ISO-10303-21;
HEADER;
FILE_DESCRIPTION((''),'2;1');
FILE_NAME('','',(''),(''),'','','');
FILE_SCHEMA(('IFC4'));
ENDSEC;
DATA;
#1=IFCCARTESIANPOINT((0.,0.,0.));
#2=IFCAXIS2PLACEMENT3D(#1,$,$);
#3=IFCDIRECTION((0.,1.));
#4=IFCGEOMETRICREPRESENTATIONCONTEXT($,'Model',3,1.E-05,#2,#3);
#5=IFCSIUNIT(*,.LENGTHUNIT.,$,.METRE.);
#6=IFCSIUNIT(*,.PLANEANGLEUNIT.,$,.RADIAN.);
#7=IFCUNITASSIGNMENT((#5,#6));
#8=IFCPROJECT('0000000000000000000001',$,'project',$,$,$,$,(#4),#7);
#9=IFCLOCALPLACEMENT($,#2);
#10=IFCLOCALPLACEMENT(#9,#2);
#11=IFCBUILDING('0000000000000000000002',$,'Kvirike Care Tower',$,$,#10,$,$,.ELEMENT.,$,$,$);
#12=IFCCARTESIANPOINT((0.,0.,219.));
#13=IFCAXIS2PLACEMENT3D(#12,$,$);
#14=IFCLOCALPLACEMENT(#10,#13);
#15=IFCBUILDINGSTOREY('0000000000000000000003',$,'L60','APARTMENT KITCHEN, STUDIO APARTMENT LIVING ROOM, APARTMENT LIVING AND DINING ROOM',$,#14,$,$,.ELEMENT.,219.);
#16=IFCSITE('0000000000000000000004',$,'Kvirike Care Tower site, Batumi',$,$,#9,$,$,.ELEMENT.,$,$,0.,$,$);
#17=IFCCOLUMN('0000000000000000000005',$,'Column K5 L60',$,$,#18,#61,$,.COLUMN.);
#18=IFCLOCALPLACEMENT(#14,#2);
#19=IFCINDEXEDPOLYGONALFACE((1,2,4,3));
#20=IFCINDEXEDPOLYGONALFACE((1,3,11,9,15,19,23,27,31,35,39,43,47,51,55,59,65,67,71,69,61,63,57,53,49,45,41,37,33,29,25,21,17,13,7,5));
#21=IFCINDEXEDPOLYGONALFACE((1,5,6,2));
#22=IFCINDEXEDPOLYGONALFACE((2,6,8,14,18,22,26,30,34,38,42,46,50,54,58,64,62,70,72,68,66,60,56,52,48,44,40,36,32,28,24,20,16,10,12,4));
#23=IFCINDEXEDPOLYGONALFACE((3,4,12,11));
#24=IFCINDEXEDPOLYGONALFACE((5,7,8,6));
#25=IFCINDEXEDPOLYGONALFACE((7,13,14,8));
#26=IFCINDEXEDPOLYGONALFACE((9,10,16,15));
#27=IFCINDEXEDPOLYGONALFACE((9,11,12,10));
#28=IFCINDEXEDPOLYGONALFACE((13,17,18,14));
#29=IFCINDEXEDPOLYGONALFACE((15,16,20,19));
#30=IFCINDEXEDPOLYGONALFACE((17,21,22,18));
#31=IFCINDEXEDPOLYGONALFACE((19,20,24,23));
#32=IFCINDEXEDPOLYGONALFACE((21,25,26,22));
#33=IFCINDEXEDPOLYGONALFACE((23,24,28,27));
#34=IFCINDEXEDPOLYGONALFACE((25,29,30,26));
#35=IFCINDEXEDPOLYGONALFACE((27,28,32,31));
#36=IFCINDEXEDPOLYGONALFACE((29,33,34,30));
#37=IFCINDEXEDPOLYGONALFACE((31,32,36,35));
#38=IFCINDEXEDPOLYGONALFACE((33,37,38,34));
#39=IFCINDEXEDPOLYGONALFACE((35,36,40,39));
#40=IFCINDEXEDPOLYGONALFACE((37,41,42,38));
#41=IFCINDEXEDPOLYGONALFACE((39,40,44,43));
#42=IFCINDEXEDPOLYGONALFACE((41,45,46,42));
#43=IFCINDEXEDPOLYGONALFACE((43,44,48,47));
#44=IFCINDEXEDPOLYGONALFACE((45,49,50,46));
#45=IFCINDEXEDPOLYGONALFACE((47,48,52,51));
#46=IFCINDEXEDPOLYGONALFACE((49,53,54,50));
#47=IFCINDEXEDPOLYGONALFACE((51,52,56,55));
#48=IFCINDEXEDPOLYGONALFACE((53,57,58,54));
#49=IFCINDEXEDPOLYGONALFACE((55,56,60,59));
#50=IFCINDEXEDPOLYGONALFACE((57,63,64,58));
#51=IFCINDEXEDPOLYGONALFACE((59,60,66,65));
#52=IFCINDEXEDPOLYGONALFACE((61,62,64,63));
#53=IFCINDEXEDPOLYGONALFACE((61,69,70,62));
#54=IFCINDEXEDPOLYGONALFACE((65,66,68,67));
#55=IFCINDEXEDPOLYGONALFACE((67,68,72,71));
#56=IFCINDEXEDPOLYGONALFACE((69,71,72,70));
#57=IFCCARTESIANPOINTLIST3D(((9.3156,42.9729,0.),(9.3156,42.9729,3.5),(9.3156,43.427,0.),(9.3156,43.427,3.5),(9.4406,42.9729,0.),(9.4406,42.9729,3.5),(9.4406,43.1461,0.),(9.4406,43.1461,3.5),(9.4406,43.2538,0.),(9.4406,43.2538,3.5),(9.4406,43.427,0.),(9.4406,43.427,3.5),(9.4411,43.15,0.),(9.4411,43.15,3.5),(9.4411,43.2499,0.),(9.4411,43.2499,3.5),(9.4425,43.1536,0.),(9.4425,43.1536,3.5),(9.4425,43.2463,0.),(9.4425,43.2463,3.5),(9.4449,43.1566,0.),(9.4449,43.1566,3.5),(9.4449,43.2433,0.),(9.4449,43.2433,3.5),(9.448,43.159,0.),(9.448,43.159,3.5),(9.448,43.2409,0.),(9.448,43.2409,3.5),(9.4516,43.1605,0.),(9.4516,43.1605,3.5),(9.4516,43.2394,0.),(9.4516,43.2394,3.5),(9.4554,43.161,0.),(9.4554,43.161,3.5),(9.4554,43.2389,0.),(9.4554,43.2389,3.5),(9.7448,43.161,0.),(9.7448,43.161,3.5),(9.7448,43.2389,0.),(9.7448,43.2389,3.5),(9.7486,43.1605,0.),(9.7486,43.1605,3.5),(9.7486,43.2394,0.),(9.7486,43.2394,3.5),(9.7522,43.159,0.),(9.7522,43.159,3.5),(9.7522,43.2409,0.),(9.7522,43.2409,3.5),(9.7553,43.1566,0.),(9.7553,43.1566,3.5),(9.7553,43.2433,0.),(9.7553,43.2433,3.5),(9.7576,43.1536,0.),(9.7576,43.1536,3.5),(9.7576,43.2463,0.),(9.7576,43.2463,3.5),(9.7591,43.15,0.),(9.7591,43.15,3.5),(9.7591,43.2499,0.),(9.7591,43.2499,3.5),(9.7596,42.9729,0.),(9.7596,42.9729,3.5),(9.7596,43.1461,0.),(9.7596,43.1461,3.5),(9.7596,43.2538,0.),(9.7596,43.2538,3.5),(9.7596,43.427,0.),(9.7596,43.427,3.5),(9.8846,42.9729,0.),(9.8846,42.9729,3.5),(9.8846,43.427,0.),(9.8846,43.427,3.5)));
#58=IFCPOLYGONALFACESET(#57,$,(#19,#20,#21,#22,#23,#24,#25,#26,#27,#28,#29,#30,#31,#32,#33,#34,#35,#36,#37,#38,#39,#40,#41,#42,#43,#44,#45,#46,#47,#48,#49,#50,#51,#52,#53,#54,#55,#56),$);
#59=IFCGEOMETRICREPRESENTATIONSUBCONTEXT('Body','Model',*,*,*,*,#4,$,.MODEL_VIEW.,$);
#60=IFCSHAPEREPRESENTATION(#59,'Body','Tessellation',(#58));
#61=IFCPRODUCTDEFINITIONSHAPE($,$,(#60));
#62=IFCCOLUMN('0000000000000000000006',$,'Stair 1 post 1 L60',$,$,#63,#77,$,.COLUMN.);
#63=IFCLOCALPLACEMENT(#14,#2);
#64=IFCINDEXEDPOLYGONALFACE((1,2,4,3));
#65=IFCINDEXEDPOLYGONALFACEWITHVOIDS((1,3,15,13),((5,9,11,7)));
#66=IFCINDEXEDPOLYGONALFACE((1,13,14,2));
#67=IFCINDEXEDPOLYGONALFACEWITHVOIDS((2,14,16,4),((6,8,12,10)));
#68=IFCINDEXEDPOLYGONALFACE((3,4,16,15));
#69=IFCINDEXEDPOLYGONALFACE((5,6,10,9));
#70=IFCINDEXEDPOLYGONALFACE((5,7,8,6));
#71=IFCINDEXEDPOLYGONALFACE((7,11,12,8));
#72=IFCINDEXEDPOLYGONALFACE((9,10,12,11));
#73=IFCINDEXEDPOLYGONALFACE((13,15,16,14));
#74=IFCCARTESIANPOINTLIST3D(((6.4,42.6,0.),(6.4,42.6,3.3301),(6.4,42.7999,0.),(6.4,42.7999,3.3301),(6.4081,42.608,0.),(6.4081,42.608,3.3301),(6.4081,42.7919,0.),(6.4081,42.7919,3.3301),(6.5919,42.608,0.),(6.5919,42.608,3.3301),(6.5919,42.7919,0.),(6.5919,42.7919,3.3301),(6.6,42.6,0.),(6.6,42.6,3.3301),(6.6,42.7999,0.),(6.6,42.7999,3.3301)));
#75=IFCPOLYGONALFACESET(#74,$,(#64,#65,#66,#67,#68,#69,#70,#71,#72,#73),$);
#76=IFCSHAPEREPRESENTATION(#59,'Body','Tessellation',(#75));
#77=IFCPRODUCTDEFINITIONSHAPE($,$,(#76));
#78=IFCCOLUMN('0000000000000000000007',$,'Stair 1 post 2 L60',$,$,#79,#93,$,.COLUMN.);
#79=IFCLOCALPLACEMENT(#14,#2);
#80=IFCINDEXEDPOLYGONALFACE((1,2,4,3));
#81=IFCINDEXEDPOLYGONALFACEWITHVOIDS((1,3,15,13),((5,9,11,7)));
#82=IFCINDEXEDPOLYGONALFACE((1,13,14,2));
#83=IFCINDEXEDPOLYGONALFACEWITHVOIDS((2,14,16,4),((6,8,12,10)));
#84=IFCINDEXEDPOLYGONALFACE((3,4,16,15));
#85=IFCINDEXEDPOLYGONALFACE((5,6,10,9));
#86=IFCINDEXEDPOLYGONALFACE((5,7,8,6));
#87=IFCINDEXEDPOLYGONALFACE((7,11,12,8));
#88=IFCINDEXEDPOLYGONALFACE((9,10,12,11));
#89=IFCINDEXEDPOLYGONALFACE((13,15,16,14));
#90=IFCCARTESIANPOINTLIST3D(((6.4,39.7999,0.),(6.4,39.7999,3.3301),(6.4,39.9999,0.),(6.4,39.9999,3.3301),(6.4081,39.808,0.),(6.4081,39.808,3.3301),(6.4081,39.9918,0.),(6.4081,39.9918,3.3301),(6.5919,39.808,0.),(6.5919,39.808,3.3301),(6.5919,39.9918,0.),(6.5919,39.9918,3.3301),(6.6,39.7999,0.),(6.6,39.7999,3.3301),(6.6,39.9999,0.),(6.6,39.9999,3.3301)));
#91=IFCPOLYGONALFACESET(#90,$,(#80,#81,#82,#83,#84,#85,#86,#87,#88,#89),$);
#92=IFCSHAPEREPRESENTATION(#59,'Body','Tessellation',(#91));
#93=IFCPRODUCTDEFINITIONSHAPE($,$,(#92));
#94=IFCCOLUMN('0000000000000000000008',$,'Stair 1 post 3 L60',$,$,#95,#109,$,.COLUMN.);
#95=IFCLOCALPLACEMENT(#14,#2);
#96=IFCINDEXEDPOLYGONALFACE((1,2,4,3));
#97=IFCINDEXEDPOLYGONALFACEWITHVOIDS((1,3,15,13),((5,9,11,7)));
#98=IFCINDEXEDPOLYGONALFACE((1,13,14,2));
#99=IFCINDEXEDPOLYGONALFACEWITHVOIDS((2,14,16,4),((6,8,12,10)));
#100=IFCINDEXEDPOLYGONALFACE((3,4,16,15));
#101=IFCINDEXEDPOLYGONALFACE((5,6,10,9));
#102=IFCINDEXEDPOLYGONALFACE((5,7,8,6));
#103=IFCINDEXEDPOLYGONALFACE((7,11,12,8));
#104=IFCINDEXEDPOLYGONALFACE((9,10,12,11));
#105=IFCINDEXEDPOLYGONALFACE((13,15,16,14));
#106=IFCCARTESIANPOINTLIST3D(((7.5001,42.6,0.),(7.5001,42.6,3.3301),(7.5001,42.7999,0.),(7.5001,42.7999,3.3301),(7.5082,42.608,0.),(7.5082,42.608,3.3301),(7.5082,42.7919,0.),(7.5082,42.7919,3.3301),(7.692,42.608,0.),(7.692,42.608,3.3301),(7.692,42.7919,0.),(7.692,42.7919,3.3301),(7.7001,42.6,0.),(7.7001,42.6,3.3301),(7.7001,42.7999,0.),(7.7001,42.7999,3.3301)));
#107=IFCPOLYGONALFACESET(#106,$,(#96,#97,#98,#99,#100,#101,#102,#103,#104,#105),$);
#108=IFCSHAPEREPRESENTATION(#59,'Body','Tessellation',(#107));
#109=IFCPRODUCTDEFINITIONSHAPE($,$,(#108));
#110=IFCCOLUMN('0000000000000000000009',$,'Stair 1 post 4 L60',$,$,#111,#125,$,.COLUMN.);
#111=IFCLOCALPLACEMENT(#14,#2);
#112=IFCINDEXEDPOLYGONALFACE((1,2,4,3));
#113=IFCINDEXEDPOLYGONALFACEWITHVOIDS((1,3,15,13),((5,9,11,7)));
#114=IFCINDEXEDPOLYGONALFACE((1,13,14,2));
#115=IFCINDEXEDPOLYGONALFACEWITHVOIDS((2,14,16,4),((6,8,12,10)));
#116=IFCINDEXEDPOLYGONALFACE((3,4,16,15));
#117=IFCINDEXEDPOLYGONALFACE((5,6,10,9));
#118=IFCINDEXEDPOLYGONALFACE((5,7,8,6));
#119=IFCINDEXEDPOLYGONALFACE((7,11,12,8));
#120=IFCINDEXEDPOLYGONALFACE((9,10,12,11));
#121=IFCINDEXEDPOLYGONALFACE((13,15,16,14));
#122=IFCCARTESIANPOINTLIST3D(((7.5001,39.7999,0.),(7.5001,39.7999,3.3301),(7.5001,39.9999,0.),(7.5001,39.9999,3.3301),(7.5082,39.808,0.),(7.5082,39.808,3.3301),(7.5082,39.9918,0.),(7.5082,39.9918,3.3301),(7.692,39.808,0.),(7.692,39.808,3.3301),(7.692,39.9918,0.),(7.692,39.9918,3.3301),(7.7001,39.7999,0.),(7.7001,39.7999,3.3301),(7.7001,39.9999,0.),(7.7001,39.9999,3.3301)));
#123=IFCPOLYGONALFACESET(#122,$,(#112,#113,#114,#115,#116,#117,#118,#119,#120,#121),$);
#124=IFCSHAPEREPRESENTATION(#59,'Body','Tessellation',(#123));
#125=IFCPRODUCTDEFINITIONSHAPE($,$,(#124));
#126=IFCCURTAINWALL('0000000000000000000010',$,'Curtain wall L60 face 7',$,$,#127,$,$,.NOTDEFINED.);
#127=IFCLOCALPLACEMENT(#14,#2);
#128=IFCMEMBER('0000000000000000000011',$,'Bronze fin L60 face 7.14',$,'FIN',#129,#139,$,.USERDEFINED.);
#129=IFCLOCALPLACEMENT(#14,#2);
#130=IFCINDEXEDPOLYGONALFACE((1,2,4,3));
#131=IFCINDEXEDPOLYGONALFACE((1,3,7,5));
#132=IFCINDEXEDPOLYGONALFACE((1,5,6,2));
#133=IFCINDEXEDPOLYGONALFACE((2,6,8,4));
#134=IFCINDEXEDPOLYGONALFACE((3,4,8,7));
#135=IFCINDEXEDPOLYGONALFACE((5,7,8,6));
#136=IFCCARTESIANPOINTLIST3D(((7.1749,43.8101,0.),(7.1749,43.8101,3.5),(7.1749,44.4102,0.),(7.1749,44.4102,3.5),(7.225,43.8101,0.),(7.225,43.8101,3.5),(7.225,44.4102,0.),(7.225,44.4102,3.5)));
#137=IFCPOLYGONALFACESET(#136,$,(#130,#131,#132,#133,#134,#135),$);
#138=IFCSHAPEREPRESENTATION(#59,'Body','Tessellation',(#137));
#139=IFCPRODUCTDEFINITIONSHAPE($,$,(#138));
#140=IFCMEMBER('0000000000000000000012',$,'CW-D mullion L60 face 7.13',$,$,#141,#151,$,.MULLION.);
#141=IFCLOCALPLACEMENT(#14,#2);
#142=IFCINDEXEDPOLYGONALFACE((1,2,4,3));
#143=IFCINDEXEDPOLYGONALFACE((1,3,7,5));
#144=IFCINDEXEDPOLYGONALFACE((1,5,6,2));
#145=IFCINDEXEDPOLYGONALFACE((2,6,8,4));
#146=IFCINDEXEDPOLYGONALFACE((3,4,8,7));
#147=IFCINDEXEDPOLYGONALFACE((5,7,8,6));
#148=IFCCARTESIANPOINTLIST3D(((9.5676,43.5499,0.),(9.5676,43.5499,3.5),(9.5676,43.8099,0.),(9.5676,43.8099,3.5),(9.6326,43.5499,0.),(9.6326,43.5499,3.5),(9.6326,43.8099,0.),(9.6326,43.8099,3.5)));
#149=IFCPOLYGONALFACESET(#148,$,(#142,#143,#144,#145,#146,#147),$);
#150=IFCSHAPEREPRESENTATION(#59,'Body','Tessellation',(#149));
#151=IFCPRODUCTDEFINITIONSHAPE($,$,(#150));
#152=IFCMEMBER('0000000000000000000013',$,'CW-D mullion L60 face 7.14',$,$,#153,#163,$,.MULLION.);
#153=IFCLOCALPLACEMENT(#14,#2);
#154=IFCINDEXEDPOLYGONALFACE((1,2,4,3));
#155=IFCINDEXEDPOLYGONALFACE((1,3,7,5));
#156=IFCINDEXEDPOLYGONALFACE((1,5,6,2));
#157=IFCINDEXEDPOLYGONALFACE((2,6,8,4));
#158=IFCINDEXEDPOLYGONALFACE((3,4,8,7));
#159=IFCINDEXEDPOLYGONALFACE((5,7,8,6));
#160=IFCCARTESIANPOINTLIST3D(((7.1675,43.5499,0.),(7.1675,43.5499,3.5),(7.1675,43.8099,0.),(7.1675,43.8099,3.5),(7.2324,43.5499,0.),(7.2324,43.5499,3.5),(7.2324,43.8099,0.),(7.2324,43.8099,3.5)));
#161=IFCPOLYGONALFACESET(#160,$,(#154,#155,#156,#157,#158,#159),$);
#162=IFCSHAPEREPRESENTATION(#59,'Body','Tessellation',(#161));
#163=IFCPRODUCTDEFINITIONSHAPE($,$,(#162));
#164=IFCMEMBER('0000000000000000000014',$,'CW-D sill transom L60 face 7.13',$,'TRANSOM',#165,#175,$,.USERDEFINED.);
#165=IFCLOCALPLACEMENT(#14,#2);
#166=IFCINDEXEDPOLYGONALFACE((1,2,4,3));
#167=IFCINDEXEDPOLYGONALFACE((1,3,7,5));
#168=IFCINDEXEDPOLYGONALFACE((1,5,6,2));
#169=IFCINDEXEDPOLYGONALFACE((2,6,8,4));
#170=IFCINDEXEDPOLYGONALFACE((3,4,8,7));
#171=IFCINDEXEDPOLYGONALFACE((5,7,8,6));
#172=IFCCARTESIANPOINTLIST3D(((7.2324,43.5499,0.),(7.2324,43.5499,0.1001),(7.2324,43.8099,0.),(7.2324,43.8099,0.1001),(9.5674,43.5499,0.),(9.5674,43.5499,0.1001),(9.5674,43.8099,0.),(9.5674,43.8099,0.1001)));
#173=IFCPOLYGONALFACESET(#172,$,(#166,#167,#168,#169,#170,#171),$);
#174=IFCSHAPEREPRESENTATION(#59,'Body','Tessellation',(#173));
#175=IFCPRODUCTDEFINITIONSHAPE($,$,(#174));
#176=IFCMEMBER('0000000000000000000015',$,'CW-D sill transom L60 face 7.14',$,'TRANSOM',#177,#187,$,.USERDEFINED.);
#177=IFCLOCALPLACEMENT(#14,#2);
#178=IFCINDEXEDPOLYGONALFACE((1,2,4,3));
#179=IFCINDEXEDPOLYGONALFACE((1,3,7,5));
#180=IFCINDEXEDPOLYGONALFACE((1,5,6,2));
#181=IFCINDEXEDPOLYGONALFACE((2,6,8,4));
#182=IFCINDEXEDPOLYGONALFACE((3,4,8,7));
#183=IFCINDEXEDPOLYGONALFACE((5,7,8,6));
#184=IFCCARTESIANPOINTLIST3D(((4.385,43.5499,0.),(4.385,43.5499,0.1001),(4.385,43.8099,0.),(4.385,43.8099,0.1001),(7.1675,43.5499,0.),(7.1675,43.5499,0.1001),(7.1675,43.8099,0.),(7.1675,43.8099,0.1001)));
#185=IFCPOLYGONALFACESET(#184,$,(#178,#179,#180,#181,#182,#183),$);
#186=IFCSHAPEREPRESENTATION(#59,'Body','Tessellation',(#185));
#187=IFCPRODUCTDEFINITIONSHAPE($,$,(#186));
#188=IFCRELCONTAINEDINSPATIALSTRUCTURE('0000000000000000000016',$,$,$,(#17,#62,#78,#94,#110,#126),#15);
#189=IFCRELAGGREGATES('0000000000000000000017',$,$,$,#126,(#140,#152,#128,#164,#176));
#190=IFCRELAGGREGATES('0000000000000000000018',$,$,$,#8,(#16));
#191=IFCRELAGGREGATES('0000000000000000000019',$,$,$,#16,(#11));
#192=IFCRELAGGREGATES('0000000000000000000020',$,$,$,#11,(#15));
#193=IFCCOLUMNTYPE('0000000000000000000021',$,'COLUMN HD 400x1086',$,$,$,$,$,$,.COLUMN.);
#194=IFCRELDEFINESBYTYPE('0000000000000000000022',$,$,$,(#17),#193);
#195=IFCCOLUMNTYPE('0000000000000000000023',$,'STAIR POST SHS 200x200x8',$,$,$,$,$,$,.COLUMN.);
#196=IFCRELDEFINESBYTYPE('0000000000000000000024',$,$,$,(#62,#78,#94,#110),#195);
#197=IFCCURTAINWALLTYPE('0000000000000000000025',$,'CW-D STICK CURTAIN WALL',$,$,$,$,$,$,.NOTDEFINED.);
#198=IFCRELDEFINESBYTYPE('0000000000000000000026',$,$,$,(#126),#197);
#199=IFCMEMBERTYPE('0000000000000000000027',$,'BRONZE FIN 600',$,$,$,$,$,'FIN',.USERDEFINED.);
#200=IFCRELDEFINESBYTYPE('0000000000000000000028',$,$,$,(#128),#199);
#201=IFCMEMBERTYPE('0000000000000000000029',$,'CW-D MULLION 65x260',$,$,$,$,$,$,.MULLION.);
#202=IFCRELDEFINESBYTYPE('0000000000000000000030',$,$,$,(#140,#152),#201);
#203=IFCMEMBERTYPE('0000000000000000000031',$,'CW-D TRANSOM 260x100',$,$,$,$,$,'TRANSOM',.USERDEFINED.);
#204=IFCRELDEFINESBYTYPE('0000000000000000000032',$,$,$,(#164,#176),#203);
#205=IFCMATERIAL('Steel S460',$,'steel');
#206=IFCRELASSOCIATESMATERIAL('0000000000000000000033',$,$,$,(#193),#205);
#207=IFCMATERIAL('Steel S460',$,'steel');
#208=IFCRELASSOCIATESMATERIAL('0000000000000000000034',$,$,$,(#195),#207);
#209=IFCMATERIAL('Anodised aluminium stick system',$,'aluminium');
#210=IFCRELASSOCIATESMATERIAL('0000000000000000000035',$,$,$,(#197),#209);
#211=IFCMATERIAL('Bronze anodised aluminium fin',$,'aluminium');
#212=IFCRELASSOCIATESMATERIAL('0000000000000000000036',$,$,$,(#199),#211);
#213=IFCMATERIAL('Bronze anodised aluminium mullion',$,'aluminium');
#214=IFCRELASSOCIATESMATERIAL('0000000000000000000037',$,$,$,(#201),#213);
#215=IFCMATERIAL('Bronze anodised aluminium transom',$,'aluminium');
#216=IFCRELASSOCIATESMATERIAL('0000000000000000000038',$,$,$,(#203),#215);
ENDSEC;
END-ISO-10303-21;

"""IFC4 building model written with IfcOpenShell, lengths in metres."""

from ifc_helpers import new_model, si_unit, direction, frame, origin, origin_2d, place, context, subcontext, project, spatial, rectangle, hollow_rectangle, i_section, extrude, material, material_profile, profile_set, type_object, element, aggregate, save


model = new_model("IFC4")

# Units and contexts
model_context = context("Model", 3, precision=1e-05, world=origin(), true_north=direction((0.0, 1.0)))
body_context = subcontext(model_context, "Body", "Model", "MODEL_VIEW")
ifc_project = project(units=[si_unit("LENGTHUNIT", "METRE"), si_unit("PLANEANGLEUNIT", "RADIAN")], contexts=[model_context])

# Site, building, storey
site_placement = place(None, origin())
site = spatial("IfcSite", under=ifc_project, at=site_placement, Name="Kvirike Care Tower site, Batumi", CompositionType="ELEMENT", RefElevation=0.0)
building_placement = place(site_placement, origin())
building = spatial("IfcBuilding", under=site, at=building_placement, Name="Kvirike Care Tower", CompositionType="ELEMENT")
storey_placement = place(building_placement, frame((0.0, 0.0, 219.0)))
storey = spatial("IfcBuildingStorey", under=building, at=storey_placement, Name="L60", Description="APARTMENT KITCHEN, STUDIO APARTMENT LIVING ROOM, APARTMENT LIVING AND DINING ROOM", CompositionType="ELEMENT", Elevation=219.0)

# Columns
ifc_material_1 = material(Name="Steel S460", Category="steel")
ifc_material_profile_1 = material_profile(ifc_material_1, i_section(OverallWidth=0.4541, OverallDepth=0.5691, WebThickness=0.0779, FlangeThickness=0.125, FilletRadius=0.0149, at=origin_2d()), Name="HD 400x1086")
ifc_profile_set_1 = profile_set([ifc_material_profile_1], Name="Steel S460")
column_type_1 = type_object("IfcColumnType", Name="COLUMN HD 400x1086", PredefinedType="COLUMN", material=ifc_profile_set_1)
column_placement = place(storey_placement, frame((9.6001, 43.2, 0.0), z_axis=(0.0, 0.0, 1.0), x_axis=(0.0, 1.0, 0.0)))
element("IfcColumn", 1, at=column_placement, inside=storey, type_object=column_type_1, Name="Column K5 L60", PredefinedType="COLUMN", context=body_context, shape_type="SweptSolid", body=[
    extrude(i_section(OverallWidth=0.4541, OverallDepth=0.5691, WebThickness=0.0779, FlangeThickness=0.125, FilletRadius=0.0149, at=origin_2d()), origin(), (0.0, 0.0, 1.0), 3.5),
])
ifc_material_2 = material(Name="Steel S460", Category="steel")
ifc_material_profile_2 = material_profile(ifc_material_2, hollow_rectangle(XDim=0.2, YDim=0.2, WallThickness=0.0081, at=origin_2d()), Name="SHS 200x200x8")
ifc_profile_set_2 = profile_set([ifc_material_profile_2], Name="Steel S460")
column_type_2 = type_object("IfcColumnType", Name="STAIR POST SHS 200x200x8", PredefinedType="COLUMN", material=ifc_profile_set_2)
for number, where, z_axis, x_axis, name in (
    (2, (6.5, 42.7, 0.0), (0.0, 0.0, 1.0), (1.0, 0.0, 0.0), "Stair 1 post 1 L60"),
    (3, (6.5, 39.8999, 0.0), (0.0, 0.0, 1.0), (1.0, 0.0, 0.0), "Stair 1 post 2 L60"),
    (4, (7.6001, 42.7, 0.0), (0.0, 0.0, 1.0), (1.0, 0.0, 0.0), "Stair 1 post 3 L60"),
    (5, (7.6001, 39.8999, 0.0), (0.0, 0.0, 1.0), (1.0, 0.0, 0.0), "Stair 1 post 4 L60"),
):
    element("IfcColumn", number, at=place(storey_placement, frame(where, z_axis=z_axis, x_axis=x_axis)), inside=storey, type_object=column_type_2, Name=name, PredefinedType="COLUMN", context=body_context, shape_type="SweptSolid", body=[
        extrude(hollow_rectangle(XDim=0.2, YDim=0.2, WallThickness=0.0081, at=origin_2d()), origin(), (0.0, 0.0, 1.0), 3.3301),
    ])

# Curtain wall, members
ifc_material_3 = material(Name="Anodised aluminium stick system", Category="aluminium")
curtain_wall_type = type_object("IfcCurtainWallType", Name="CW-D STICK CURTAIN WALL", PredefinedType="NOTDEFINED", material=ifc_material_3)
curtain_wall_placement = place(storey_placement, origin())
curtain_wall = element("IfcCurtainWall", 6, at=curtain_wall_placement, inside=storey, type_object=curtain_wall_type, Name="Curtain wall L60 face 7", PredefinedType="NOTDEFINED")
ifc_material_4 = material(Name="Bronze anodised aluminium fin", Category="aluminium")
ifc_material_profile_3 = material_profile(ifc_material_4, rectangle(XDim=0.05, YDim=0.6001, at=origin_2d()), Name="BRONZE FIN 600")
ifc_profile_set_3 = profile_set([ifc_material_profile_3], Name="Bronze anodised aluminium fin")
member_type_1 = type_object("IfcMemberType", Name="BRONZE FIN 600", ElementType="FIN", PredefinedType="USERDEFINED", material=ifc_profile_set_3)
member_1_placement = place(storey_placement, frame((7.2, 44.1101, 0.0), z_axis=(0.0, 0.0, 1.0), x_axis=(-1.0, 0.0, 0.0)))
member_1 = element("IfcMember", 7, at=member_1_placement, type_object=member_type_1, Name="Bronze fin L60 face 7.14", ObjectType="FIN", PredefinedType="USERDEFINED", context=body_context, shape_type="SweptSolid", body=[
    extrude(rectangle(XDim=0.05, YDim=0.6001, at=origin_2d()), origin(), (0.0, 0.0, 1.0), 3.5),
])
ifc_material_5 = material(Name="Bronze anodised aluminium mullion", Category="aluminium")
ifc_material_profile_4 = material_profile(ifc_material_5, rectangle(XDim=0.0649, YDim=0.26, at=origin_2d()), Name="CW-D MULLION 65x260")
ifc_profile_set_4 = profile_set([ifc_material_profile_4], Name="Bronze anodised aluminium mullion")
member_type_2 = type_object("IfcMemberType", Name="CW-D MULLION 65x260", PredefinedType="MULLION", material=ifc_profile_set_4)
member_2_placement = place(storey_placement, frame((9.6001, 43.6799, 0.0), z_axis=(0.0, 0.0, 1.0), x_axis=(-1.0, 0.0, 0.0)))
member_2 = element("IfcMember", 8, at=member_2_placement, type_object=member_type_2, Name="CW-D mullion L60 face 7.13", PredefinedType="MULLION", context=body_context, shape_type="SweptSolid", body=[
    extrude(rectangle(XDim=0.0649, YDim=0.26, at=origin_2d()), origin(), (0.0, 0.0, 1.0), 3.5),
])
member_3_placement = place(storey_placement, frame((7.2, 43.6799, 0.0), z_axis=(0.0, 0.0, 1.0), x_axis=(-1.0, 0.0, 0.0)))
member_3 = element("IfcMember", 9, at=member_3_placement, type_object=member_type_2, Name="CW-D mullion L60 face 7.14", PredefinedType="MULLION", context=body_context, shape_type="SweptSolid", body=[
    extrude(rectangle(XDim=0.0649, YDim=0.26, at=origin_2d()), origin(), (0.0, 0.0, 1.0), 3.5),
])
ifc_material_6 = material(Name="Bronze anodised aluminium transom", Category="aluminium")
ifc_material_profile_5 = material_profile(ifc_material_6, rectangle(XDim=0.26, YDim=0.1001, at=origin_2d()), Name="CW-D TRANSOM 260x100")
ifc_profile_set_5 = profile_set([ifc_material_profile_5], Name="Bronze anodised aluminium transom")
member_type_3 = type_object("IfcMemberType", Name="CW-D TRANSOM 260x100", ElementType="TRANSOM", PredefinedType="USERDEFINED", material=ifc_profile_set_5)
member_4_placement = place(storey_placement, frame((9.5674, 43.6799, 0.05), z_axis=(-1.0, 0.0, 0.0), x_axis=(0.0, -1.0, 0.0)))
member_4 = element("IfcMember", 10, at=member_4_placement, type_object=member_type_3, Name="CW-D sill transom L60 face 7.13", ObjectType="TRANSOM", PredefinedType="USERDEFINED", context=body_context, shape_type="SweptSolid", body=[
    extrude(rectangle(XDim=0.26, YDim=0.1001, at=origin_2d()), origin(), (0.0, 0.0, 1.0), 2.335),
])
member_5_placement = place(storey_placement, frame((7.1675, 43.6799, 0.05), z_axis=(-1.0, 0.0, 0.0), x_axis=(0.0, -1.0, 0.0)))
member_5 = element("IfcMember", 11, at=member_5_placement, type_object=member_type_3, Name="CW-D sill transom L60 face 7.14", ObjectType="TRANSOM", PredefinedType="USERDEFINED", context=body_context, shape_type="SweptSolid", body=[
    extrude(rectangle(XDim=0.26, YDim=0.1001, at=origin_2d()), origin(), (0.0, 0.0, 1.0), 2.7825),
])

aggregate(curtain_wall, [member_2, member_3, member_1, member_4, member_5])

save(model, "model.ifc")
